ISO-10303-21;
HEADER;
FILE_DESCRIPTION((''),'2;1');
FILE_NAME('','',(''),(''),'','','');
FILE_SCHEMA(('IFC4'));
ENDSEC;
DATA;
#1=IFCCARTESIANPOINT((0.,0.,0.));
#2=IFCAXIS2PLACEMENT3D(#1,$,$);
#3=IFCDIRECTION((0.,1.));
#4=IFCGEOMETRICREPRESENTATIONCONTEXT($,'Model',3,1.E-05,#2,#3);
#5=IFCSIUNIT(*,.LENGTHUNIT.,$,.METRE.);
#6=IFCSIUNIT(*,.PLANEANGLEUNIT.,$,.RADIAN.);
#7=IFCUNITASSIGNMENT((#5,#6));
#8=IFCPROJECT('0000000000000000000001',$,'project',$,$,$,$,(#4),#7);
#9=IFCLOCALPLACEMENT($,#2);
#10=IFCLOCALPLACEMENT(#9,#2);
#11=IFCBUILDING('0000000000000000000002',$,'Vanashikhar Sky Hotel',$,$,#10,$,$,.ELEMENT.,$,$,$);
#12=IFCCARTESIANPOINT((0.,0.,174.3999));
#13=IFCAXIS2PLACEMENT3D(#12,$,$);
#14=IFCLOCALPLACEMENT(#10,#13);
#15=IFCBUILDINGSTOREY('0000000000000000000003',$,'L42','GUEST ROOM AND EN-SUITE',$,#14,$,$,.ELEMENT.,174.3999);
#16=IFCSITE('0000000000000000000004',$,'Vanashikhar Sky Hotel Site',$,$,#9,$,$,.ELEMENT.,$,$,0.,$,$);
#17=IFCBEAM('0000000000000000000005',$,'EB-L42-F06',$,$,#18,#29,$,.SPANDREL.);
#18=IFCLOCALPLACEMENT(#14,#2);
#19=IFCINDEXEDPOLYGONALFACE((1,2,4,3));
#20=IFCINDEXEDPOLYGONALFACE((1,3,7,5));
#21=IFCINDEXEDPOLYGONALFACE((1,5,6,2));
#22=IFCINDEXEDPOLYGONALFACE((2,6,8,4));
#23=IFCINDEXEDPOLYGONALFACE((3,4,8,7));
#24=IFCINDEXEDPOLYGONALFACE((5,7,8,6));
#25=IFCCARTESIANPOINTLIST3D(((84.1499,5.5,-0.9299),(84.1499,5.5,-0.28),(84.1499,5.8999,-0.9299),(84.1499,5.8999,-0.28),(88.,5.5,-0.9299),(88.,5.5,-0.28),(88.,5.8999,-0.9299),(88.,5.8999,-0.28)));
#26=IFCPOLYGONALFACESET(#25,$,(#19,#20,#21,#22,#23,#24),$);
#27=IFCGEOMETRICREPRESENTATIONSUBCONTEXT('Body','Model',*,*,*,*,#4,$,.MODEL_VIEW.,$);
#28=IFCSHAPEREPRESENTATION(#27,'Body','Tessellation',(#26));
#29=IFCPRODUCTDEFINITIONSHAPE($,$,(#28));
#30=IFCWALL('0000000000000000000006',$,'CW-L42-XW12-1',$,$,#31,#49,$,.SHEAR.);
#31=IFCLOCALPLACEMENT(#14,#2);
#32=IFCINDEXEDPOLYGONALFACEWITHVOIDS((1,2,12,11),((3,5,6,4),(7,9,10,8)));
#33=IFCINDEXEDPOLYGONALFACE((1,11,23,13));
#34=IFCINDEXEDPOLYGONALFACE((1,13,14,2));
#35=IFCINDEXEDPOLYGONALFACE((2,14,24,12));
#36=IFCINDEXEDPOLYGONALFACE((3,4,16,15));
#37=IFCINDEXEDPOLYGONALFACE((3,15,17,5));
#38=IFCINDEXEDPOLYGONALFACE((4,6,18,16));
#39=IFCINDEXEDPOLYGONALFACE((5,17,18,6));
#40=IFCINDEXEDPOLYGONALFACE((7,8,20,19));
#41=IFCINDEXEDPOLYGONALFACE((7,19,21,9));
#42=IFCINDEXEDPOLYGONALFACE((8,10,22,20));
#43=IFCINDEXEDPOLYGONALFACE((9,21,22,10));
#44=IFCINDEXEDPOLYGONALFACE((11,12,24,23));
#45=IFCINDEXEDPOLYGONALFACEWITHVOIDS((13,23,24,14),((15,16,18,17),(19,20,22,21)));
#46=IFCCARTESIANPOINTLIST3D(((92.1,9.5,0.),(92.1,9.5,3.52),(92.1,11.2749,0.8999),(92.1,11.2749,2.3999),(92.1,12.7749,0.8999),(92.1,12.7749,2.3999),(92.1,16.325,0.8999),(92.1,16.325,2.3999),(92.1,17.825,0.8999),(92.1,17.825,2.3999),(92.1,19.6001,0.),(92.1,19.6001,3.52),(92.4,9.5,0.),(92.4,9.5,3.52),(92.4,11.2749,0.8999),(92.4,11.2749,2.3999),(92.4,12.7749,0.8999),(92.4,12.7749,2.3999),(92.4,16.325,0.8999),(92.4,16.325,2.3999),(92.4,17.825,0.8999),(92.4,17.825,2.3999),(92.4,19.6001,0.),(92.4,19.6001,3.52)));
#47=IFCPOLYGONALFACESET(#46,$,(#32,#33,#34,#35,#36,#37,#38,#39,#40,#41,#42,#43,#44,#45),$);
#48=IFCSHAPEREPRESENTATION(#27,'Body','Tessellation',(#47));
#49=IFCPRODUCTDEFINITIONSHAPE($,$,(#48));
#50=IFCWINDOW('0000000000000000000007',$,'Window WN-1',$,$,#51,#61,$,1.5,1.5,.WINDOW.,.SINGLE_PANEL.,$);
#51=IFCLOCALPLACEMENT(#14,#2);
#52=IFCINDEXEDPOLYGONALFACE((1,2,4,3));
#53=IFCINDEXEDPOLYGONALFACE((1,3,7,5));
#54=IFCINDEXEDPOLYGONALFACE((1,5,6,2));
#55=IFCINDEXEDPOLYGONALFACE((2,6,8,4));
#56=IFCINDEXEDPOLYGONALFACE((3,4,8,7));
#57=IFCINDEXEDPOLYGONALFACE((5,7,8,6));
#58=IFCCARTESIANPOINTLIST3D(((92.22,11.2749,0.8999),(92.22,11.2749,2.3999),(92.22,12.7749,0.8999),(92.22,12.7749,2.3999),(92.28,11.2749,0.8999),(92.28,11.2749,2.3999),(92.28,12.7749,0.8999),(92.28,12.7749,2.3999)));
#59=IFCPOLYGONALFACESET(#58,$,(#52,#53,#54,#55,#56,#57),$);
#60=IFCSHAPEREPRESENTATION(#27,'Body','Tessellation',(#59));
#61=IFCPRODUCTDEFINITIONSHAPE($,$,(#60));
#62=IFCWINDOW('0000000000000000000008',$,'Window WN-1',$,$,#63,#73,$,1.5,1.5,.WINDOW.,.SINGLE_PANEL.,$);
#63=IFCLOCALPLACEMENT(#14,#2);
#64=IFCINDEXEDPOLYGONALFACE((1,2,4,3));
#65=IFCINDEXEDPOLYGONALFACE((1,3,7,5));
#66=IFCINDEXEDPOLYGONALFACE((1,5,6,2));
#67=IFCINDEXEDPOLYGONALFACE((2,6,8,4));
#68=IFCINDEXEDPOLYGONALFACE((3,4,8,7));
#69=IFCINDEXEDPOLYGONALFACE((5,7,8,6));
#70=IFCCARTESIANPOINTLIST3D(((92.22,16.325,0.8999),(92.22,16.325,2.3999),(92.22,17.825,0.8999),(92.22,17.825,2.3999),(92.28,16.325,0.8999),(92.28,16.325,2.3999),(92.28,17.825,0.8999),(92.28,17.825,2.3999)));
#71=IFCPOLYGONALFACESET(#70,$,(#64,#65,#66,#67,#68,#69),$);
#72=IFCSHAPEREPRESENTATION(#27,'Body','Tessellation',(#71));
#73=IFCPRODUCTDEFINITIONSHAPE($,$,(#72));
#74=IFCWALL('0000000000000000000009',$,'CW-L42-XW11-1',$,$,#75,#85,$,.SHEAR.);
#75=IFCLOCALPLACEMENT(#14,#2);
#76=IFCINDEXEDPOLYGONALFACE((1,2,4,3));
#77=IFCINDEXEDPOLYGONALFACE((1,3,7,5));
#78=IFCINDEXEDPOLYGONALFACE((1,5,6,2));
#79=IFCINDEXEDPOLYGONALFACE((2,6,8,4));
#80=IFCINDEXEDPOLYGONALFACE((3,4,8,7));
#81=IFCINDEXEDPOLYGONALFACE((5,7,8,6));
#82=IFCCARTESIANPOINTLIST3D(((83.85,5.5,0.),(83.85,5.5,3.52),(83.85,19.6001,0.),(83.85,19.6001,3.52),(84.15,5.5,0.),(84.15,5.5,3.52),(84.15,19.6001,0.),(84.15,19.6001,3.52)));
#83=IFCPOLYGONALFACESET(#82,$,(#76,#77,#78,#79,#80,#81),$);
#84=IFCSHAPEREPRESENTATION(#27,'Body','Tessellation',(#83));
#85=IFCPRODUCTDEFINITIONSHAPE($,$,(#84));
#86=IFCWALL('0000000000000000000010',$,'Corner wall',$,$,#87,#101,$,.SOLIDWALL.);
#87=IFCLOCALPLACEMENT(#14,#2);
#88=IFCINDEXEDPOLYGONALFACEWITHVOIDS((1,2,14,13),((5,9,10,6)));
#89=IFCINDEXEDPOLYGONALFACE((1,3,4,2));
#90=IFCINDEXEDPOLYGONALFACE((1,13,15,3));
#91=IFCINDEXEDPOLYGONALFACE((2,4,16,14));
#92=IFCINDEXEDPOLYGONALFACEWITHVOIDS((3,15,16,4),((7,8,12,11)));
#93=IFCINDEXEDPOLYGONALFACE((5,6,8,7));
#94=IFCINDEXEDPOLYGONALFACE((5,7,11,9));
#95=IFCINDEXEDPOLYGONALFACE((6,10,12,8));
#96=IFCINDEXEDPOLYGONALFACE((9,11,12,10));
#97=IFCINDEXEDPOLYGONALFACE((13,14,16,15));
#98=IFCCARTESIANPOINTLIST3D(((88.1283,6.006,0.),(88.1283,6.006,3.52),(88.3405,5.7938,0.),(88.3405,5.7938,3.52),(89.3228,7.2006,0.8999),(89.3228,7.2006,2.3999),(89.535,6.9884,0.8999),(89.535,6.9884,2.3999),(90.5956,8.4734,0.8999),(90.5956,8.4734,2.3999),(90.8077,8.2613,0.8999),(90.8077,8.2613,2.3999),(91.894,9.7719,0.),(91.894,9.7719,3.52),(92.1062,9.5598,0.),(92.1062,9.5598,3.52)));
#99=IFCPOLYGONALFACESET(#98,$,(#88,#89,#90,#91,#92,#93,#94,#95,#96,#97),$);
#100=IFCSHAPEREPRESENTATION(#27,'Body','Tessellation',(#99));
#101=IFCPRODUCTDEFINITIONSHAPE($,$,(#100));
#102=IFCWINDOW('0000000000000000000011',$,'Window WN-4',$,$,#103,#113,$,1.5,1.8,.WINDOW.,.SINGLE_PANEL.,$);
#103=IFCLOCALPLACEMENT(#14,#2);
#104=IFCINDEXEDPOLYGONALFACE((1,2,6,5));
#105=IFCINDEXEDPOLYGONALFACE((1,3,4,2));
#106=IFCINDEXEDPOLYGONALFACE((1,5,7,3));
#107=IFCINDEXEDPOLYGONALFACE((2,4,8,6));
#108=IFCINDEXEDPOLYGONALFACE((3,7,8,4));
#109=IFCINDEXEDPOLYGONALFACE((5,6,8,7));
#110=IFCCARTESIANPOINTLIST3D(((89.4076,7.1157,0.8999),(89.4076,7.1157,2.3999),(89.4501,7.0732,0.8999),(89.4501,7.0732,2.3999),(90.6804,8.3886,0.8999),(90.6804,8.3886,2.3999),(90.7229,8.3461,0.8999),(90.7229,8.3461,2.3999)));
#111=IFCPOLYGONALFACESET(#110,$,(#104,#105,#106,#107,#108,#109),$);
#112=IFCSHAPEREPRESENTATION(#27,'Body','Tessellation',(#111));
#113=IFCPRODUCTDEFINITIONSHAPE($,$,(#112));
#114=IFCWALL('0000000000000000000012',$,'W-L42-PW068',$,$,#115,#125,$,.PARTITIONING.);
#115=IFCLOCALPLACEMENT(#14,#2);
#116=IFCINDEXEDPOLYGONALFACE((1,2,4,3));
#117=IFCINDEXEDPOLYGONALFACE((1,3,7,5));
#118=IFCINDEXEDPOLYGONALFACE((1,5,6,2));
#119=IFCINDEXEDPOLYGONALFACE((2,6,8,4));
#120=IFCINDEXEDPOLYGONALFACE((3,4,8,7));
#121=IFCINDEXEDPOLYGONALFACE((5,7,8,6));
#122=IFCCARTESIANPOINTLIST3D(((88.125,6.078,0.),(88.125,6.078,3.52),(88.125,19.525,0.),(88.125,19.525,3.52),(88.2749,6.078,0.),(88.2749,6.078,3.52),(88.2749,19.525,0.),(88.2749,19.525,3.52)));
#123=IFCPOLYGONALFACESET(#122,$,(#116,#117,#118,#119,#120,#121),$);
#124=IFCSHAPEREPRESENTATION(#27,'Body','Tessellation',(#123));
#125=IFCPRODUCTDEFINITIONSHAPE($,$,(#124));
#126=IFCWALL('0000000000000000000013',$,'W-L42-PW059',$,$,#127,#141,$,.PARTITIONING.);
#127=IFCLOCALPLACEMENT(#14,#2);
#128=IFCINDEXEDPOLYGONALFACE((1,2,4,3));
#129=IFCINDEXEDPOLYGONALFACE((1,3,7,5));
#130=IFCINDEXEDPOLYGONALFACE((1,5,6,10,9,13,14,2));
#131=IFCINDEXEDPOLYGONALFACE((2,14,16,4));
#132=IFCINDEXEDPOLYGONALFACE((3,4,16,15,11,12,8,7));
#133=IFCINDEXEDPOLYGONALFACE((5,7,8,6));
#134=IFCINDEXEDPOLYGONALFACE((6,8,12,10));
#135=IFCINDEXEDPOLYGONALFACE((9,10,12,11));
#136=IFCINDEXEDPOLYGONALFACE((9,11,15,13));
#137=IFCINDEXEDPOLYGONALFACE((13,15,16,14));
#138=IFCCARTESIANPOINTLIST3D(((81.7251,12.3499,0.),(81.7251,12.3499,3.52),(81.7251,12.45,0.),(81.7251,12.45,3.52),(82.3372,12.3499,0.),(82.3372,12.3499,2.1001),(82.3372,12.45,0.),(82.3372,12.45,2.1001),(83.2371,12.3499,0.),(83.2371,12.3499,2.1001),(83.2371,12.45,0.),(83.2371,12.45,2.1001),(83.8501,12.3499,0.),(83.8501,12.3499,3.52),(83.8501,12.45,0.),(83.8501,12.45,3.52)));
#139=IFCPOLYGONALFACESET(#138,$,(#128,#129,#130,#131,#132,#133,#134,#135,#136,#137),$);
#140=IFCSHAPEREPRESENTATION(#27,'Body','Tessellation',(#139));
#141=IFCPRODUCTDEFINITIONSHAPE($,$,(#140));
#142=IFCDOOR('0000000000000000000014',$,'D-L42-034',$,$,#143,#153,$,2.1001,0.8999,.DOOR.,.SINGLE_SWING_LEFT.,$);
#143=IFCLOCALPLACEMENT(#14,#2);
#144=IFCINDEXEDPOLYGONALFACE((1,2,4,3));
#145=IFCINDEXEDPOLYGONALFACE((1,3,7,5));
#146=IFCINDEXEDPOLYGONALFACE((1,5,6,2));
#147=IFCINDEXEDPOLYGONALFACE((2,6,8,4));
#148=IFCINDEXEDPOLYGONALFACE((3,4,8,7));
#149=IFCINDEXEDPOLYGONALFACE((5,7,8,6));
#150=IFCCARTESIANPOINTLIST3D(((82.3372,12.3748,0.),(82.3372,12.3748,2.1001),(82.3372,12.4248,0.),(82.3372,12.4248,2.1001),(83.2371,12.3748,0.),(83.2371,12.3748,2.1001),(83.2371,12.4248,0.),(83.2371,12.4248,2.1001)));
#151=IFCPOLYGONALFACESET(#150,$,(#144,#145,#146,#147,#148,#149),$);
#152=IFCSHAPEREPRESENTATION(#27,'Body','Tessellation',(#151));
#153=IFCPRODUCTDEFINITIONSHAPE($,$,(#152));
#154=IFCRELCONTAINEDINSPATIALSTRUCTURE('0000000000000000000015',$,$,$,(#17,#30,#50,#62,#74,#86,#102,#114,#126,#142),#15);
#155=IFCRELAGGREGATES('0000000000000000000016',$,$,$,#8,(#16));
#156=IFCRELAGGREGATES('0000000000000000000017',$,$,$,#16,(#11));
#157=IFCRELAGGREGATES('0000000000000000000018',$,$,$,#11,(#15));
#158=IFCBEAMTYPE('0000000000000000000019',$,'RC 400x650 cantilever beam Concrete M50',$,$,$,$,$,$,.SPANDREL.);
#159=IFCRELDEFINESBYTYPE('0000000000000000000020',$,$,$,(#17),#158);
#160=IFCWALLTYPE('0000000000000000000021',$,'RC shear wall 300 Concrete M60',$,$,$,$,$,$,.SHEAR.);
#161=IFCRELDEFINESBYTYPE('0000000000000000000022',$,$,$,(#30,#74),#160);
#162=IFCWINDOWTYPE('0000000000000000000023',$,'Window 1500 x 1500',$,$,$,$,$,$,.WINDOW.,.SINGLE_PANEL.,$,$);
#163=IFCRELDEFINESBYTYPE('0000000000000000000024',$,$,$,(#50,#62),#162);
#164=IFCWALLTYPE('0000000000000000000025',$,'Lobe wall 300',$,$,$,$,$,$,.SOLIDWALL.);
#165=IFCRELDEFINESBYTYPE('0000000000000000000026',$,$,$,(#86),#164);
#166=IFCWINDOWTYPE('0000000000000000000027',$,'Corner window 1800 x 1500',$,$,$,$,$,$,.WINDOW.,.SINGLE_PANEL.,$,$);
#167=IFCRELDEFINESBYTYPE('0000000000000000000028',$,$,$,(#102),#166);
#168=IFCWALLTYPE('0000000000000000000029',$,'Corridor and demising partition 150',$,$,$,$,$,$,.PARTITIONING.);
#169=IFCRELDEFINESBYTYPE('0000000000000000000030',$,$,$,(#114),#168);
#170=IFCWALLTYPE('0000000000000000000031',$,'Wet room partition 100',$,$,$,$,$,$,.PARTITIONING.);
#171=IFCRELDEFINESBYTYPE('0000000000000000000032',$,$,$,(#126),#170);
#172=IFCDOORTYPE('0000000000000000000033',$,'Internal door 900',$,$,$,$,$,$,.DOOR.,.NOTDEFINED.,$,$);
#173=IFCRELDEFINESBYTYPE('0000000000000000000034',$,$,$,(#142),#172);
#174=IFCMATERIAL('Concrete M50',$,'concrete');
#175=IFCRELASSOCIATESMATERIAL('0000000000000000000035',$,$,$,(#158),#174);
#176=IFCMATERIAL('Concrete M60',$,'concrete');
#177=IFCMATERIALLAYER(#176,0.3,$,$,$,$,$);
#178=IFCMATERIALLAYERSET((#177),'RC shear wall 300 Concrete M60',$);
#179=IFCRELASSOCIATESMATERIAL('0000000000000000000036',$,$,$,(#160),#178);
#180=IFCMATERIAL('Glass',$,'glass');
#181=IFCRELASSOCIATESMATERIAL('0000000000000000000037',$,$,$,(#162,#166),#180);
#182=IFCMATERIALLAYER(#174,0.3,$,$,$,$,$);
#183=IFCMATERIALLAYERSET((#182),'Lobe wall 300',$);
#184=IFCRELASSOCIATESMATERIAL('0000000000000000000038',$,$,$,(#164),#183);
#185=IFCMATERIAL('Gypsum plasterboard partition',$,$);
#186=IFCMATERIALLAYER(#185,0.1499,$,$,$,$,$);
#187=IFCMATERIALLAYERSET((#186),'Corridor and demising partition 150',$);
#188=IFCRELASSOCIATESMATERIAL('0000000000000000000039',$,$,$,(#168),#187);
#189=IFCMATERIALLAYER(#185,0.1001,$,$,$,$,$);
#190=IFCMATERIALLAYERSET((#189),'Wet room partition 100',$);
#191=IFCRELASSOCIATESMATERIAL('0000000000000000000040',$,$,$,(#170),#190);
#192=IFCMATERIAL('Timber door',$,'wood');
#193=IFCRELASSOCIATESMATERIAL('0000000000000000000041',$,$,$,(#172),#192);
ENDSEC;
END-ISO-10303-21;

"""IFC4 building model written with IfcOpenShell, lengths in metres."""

from ifc_helpers import new_model, si_unit, direction, frame, frame_2d, origin, origin_2d, place, context, subcontext, project, spatial, rectangle, extrude, source, transform, mapped, material, layer, layer_set, material_profile, profile_set, type_object, element, fill, save


model = new_model("IFC4")

# Units and contexts
model_context = context("Model", 3, precision=1e-05, world=origin(), true_north=direction((0.0, 1.0)))
body_context = subcontext(model_context, "Body", "Model", "MODEL_VIEW")
ifc_project = project(units=[si_unit("LENGTHUNIT", "METRE"), si_unit("PLANEANGLEUNIT", "RADIAN")], contexts=[model_context])

# Site, building, storey
site_placement = place(None, origin())
site = spatial("IfcSite", under=ifc_project, at=site_placement, Name="Vanashikhar Sky Hotel Site", CompositionType="ELEMENT", RefElevation=0.0)
building_placement = place(site_placement, origin())
building = spatial("IfcBuilding", under=site, at=building_placement, Name="Vanashikhar Sky Hotel", CompositionType="ELEMENT")
storey_placement = place(building_placement, frame((0.0, 0.0, 174.3999)))
storey = spatial("IfcBuildingStorey", under=building, at=storey_placement, Name="L42", Description="GUEST ROOM AND EN-SUITE", CompositionType="ELEMENT", Elevation=174.3999)

# Beam
ifc_material_1 = material(Name="Concrete M50", Category="concrete")
ifc_material_profile = material_profile(ifc_material_1, rectangle(XDim=0.3999, YDim=0.6499, at=origin_2d()))
ifc_profile_set = profile_set([ifc_material_profile], Name="RC 400x650 cantilever beam Concrete M50")
beam_type = type_object("IfcBeamType", Name="RC 400x650 cantilever beam Concrete M50", PredefinedType="SPANDREL", material=ifc_profile_set)
shared_shape_1 = source(origin(), body_context, "Body", "SweptSolid", [
    extrude(rectangle(XDim=0.3999, YDim=0.6499, at=origin_2d()), origin(), (0.0, 0.0, 1.0), 3.8501),
])
beam_placement = place(storey_placement, frame((84.1499, 5.7, -0.605), z_axis=(1.0, 0.0, 0.0), x_axis=(0.0, 1.0, 0.0)))
element("IfcBeam", 1, at=beam_placement, inside=storey, type_object=beam_type, Name="EB-L42-F06", PredefinedType="SPANDREL", context=body_context, shape_type="MappedRepresentation", body=[
    mapped(shared_shape_1, transform((0.0, 0.0, 0.0), scale=1.0)),
])

# Wall, openings, windows
ifc_material_2 = material(Name="Concrete M60", Category="concrete")
ifc_layer_1 = layer(ifc_material_2, 0.3)
ifc_layer_set_1 = layer_set([ifc_layer_1], Name="RC shear wall 300 Concrete M60")
wall_type_1 = type_object("IfcWallType", Name="RC shear wall 300 Concrete M60", PredefinedType="SHEAR", material=ifc_layer_set_1)
shared_shape_2 = source(origin(), body_context, "Body", "SweptSolid", [
    extrude(rectangle(XDim=10.1001, YDim=0.3, at=frame_2d((5.05, 0.0))), origin(), (0.0, 0.0, 1.0), 3.52),
])
wall_1_placement = place(storey_placement, frame((92.25, 9.5, 0.0), z_axis=(0.0, 0.0, 1.0), x_axis=(0.0, 1.0, 0.0)))
wall_1 = element("IfcWall", 2, at=wall_1_placement, inside=storey, type_object=wall_type_1, Name="CW-L42-XW12-1", PredefinedType="SHEAR", context=body_context, shape_type="MappedRepresentation", body=[
    mapped(shared_shape_2, transform((0.0, 0.0, 0.0), scale=1.0)),
])
shared_shape_3 = source(origin(), body_context, "Body", "SweptSolid", [
    extrude(rectangle(XDim=1.5, YDim=1.5, at=frame_2d((0.75, 0.75))), frame((0.0, 0.1602, 0.0), z_axis=(0.0, -1.0, 0.0), x_axis=(1.0, 0.0, 0.0)), (0.0, 0.0, 1.0), 0.3201),
])
opening_1_placement = place(wall_1_placement, frame((1.7749, 0.0, 0.8999)))
opening_1 = element("IfcOpeningElement", 3, at=opening_1_placement, cuts=wall_1, PredefinedType="OPENING", context=body_context, shape_type="MappedRepresentation", body=[
    mapped(shared_shape_3, transform((0.0, 0.0, 0.0), scale=1.0)),
])
opening_2_placement = place(wall_1_placement, frame((6.825, 0.0, 0.8999)))
opening_2 = element("IfcOpeningElement", 4, at=opening_2_placement, cuts=wall_1, PredefinedType="OPENING", context=body_context, shape_type="MappedRepresentation", body=[
    mapped(shared_shape_3, transform((0.0, 0.0, 0.0), scale=1.0)),
])
ifc_material_3 = material(Name="Glass", Category="glass")
window_type_1 = type_object("IfcWindowType", Name="Window 1500 x 1500", PartitioningType="SINGLE_PANEL", PredefinedType="WINDOW", material=ifc_material_3)
shared_shape_4 = source(origin(), body_context, "Body", "SweptSolid", [
    extrude(rectangle(XDim=1.5, YDim=1.5, at=frame_2d((0.75, 0.75))), frame((0.0, 0.03, 0.0), z_axis=(0.0, -1.0, 0.0), x_axis=(1.0, 0.0, 0.0)), (0.0, 0.0, 1.0), 0.0601),
])
window_1_placement = place(opening_1_placement, origin())
window_1 = element("IfcWindow", 5, at=window_1_placement, inside=storey, type_object=window_type_1, Name="Window WN-1", OverallHeight=1.5, OverallWidth=1.5, PartitioningType="SINGLE_PANEL", PredefinedType="WINDOW", context=body_context, shape_type="MappedRepresentation", body=[
    mapped(shared_shape_4, transform((0.0, 0.0, 0.0), scale=1.0)),
])
fill(opening_1, window_1)
window_2_placement = place(opening_2_placement, origin())
window_2 = element("IfcWindow", 6, at=window_2_placement, inside=storey, type_object=window_type_1, Name="Window WN-1", OverallHeight=1.5, OverallWidth=1.5, PartitioningType="SINGLE_PANEL", PredefinedType="WINDOW", context=body_context, shape_type="MappedRepresentation", body=[
    mapped(shared_shape_4, transform((0.0, 0.0, 0.0), scale=1.0)),
])
fill(opening_2, window_2)

# Wall
shared_shape_5 = source(origin(), body_context, "Body", "SweptSolid", [
    extrude(rectangle(XDim=14.1001, YDim=0.3, at=frame_2d((7.05, 0.0))), origin(), (0.0, 0.0, 1.0), 3.52),
])
wall_2_placement = place(storey_placement, frame((84.0, 5.5, 0.0), z_axis=(0.0, 0.0, 1.0), x_axis=(0.0, 1.0, 0.0)))
element("IfcWall", 7, at=wall_2_placement, inside=storey, type_object=wall_type_1, Name="CW-L42-XW11-1", PredefinedType="SHEAR", context=body_context, shape_type="MappedRepresentation", body=[
    mapped(shared_shape_5, transform((0.0, 0.0, 0.0), scale=1.0)),
])

# Wall, opening, window
ifc_layer_2 = layer(ifc_material_1, 0.3)
ifc_layer_set_2 = layer_set([ifc_layer_2], Name="Lobe wall 300")
wall_type_2 = type_object("IfcWallType", Name="Lobe wall 300", PredefinedType="SOLIDWALL", material=ifc_layer_set_2)
shared_shape_6 = source(origin(), body_context, "Body", "SweptSolid", [
    extrude(rectangle(XDim=5.3257, YDim=0.3, at=frame_2d((2.6628, 0.0))), origin(), (0.0, 0.0, 1.0), 3.52),
])
wall_3_placement = place(storey_placement, frame((88.2344, 5.8999, 0.0), z_axis=(0.0, 0.0, 1.0), x_axis=(0.707084, 0.70713, 0.0)))
wall_3 = element("IfcWall", 8, at=wall_3_placement, inside=storey, type_object=wall_type_2, Name="Corner wall", PredefinedType="SOLIDWALL", context=body_context, shape_type="MappedRepresentation", body=[
    mapped(shared_shape_6, transform((0.0, 0.0, 0.0), scale=1.0)),
])
shared_shape_7 = source(origin(), body_context, "Body", "SweptSolid", [
    extrude(rectangle(XDim=1.8, YDim=1.5, at=frame_2d((0.8999, 0.75))), frame((0.0, 0.1602, 0.0), z_axis=(0.0, -1.0, 0.0), x_axis=(1.0, 0.0, 0.0)), (0.0, 0.0, 1.0), 0.3201),
])
opening_3_placement = place(wall_3_placement, frame((1.6895, 0.0, 0.8999)))
opening_3 = element("IfcOpeningElement", 9, at=opening_3_placement, cuts=wall_3, PredefinedType="OPENING", context=body_context, shape_type="MappedRepresentation", body=[
    mapped(shared_shape_7, transform((0.0, 0.0, 0.0), scale=1.0)),
])
window_type_2 = type_object("IfcWindowType", Name="Corner window 1800 x 1500", PartitioningType="SINGLE_PANEL", PredefinedType="WINDOW", material=ifc_material_3)
shared_shape_8 = source(origin(), body_context, "Body", "SweptSolid", [
    extrude(rectangle(XDim=1.8, YDim=1.5, at=frame_2d((0.8999, 0.75))), frame((0.0, 0.03, 0.0), z_axis=(0.0, -1.0, 0.0), x_axis=(1.0, 0.0, 0.0)), (0.0, 0.0, 1.0), 0.0601),
])
window_3_placement = place(opening_3_placement, origin())
window_3 = element("IfcWindow", 10, at=window_3_placement, inside=storey, type_object=window_type_2, Name="Window WN-4", OverallHeight=1.5, OverallWidth=1.8, PartitioningType="SINGLE_PANEL", PredefinedType="WINDOW", context=body_context, shape_type="MappedRepresentation", body=[
    mapped(shared_shape_8, transform((0.0, 0.0, 0.0), scale=1.0)),
])
fill(opening_3, window_3)

# Wall
ifc_material_4 = material(Name="Gypsum plasterboard partition")
ifc_layer_3 = layer(ifc_material_4, 0.1499)
ifc_layer_set_3 = layer_set([ifc_layer_3], Name="Corridor and demising partition 150")
wall_type_3 = type_object("IfcWallType", Name="Corridor and demising partition 150", PredefinedType="PARTITIONING", material=ifc_layer_set_3)
shared_shape_9 = source(origin(), body_context, "Body", "SweptSolid", [
    extrude(rectangle(XDim=13.447, YDim=0.1499, at=frame_2d((6.7236, 0.0))), origin(), (0.0, 0.0, 1.0), 3.52),
])
wall_4_placement = place(storey_placement, frame((88.2, 6.0779, 0.0), z_axis=(0.0, 0.0, 1.0), x_axis=(0.0, 1.0, 0.0)))
element("IfcWall", 11, at=wall_4_placement, inside=storey, type_object=wall_type_3, Name="W-L42-PW068", PredefinedType="PARTITIONING", context=body_context, shape_type="MappedRepresentation", body=[
    mapped(shared_shape_9, transform((0.0, 0.0, 0.0), scale=1.0)),
])

# Wall, opening, door
ifc_layer_4 = layer(ifc_material_4, 0.1001)
ifc_layer_set_4 = layer_set([ifc_layer_4], Name="Wet room partition 100")
wall_type_4 = type_object("IfcWallType", Name="Wet room partition 100", PredefinedType="PARTITIONING", material=ifc_layer_set_4)
shared_shape_10 = source(origin(), body_context, "Body", "SweptSolid", [
    extrude(rectangle(XDim=2.125, YDim=0.1001, at=frame_2d((1.0625, 0.0))), origin(), (0.0, 0.0, 1.0), 3.52),
])
wall_5_placement = place(storey_placement, frame((81.7251, 12.3999, 0.0), z_axis=(0.0, 0.0, 1.0), x_axis=(1.0, 0.0, 0.0)))
wall_5 = element("IfcWall", 12, at=wall_5_placement, inside=storey, type_object=wall_type_4, Name="W-L42-PW059", PredefinedType="PARTITIONING", context=body_context, shape_type="MappedRepresentation", body=[
    mapped(shared_shape_10, transform((0.0, 0.0, 0.0), scale=1.0)),
])
shared_shape_11 = source(origin(), body_context, "Body", "SweptSolid", [
    extrude(rectangle(XDim=0.8999, YDim=2.1001, at=frame_2d((0.45, 1.05))), frame((0.0, 0.0601, 0.0), z_axis=(0.0, -1.0, 0.0), x_axis=(1.0, 0.0, 0.0)), (0.0, 0.0, 1.0), 0.1201),
])
opening_4_placement = place(wall_5_placement, frame((0.6121, 0.0, 0.0)))
opening_4 = element("IfcOpeningElement", 13, at=opening_4_placement, cuts=wall_5, PredefinedType="OPENING", context=body_context, shape_type="MappedRepresentation", body=[
    mapped(shared_shape_11, transform((0.0, 0.0, 0.0), scale=1.0)),
])
ifc_material_5 = material(Name="Timber door", Category="wood")
door_type_1 = type_object("IfcDoorType", Name="Internal door 900", OperationType="NOTDEFINED", PredefinedType="DOOR", material=ifc_material_5)
shared_shape_12 = source(origin(), body_context, "Body", "SweptSolid", [
    extrude(rectangle(XDim=0.8999, YDim=2.1001, at=frame_2d((0.45, 1.05))), frame((0.0, 0.0249, 0.0), z_axis=(0.0, -1.0, 0.0), x_axis=(1.0, 0.0, 0.0)), (0.0, 0.0, 1.0), 0.05),
])
door_1_placement = place(opening_4_placement, origin())
door_1 = element("IfcDoor", 14, at=door_1_placement, inside=storey, type_object=door_type_1, Name="D-L42-034", OperationType="SINGLE_SWING_LEFT", OverallHeight=2.1001, OverallWidth=0.8999, PredefinedType="DOOR", context=body_context, shape_type="MappedRepresentation", body=[
    mapped(shared_shape_12, transform((0.0, 0.0, 0.0), scale=1.0)),
])
fill(opening_4, door_1)

save(model, "model.ifc")
